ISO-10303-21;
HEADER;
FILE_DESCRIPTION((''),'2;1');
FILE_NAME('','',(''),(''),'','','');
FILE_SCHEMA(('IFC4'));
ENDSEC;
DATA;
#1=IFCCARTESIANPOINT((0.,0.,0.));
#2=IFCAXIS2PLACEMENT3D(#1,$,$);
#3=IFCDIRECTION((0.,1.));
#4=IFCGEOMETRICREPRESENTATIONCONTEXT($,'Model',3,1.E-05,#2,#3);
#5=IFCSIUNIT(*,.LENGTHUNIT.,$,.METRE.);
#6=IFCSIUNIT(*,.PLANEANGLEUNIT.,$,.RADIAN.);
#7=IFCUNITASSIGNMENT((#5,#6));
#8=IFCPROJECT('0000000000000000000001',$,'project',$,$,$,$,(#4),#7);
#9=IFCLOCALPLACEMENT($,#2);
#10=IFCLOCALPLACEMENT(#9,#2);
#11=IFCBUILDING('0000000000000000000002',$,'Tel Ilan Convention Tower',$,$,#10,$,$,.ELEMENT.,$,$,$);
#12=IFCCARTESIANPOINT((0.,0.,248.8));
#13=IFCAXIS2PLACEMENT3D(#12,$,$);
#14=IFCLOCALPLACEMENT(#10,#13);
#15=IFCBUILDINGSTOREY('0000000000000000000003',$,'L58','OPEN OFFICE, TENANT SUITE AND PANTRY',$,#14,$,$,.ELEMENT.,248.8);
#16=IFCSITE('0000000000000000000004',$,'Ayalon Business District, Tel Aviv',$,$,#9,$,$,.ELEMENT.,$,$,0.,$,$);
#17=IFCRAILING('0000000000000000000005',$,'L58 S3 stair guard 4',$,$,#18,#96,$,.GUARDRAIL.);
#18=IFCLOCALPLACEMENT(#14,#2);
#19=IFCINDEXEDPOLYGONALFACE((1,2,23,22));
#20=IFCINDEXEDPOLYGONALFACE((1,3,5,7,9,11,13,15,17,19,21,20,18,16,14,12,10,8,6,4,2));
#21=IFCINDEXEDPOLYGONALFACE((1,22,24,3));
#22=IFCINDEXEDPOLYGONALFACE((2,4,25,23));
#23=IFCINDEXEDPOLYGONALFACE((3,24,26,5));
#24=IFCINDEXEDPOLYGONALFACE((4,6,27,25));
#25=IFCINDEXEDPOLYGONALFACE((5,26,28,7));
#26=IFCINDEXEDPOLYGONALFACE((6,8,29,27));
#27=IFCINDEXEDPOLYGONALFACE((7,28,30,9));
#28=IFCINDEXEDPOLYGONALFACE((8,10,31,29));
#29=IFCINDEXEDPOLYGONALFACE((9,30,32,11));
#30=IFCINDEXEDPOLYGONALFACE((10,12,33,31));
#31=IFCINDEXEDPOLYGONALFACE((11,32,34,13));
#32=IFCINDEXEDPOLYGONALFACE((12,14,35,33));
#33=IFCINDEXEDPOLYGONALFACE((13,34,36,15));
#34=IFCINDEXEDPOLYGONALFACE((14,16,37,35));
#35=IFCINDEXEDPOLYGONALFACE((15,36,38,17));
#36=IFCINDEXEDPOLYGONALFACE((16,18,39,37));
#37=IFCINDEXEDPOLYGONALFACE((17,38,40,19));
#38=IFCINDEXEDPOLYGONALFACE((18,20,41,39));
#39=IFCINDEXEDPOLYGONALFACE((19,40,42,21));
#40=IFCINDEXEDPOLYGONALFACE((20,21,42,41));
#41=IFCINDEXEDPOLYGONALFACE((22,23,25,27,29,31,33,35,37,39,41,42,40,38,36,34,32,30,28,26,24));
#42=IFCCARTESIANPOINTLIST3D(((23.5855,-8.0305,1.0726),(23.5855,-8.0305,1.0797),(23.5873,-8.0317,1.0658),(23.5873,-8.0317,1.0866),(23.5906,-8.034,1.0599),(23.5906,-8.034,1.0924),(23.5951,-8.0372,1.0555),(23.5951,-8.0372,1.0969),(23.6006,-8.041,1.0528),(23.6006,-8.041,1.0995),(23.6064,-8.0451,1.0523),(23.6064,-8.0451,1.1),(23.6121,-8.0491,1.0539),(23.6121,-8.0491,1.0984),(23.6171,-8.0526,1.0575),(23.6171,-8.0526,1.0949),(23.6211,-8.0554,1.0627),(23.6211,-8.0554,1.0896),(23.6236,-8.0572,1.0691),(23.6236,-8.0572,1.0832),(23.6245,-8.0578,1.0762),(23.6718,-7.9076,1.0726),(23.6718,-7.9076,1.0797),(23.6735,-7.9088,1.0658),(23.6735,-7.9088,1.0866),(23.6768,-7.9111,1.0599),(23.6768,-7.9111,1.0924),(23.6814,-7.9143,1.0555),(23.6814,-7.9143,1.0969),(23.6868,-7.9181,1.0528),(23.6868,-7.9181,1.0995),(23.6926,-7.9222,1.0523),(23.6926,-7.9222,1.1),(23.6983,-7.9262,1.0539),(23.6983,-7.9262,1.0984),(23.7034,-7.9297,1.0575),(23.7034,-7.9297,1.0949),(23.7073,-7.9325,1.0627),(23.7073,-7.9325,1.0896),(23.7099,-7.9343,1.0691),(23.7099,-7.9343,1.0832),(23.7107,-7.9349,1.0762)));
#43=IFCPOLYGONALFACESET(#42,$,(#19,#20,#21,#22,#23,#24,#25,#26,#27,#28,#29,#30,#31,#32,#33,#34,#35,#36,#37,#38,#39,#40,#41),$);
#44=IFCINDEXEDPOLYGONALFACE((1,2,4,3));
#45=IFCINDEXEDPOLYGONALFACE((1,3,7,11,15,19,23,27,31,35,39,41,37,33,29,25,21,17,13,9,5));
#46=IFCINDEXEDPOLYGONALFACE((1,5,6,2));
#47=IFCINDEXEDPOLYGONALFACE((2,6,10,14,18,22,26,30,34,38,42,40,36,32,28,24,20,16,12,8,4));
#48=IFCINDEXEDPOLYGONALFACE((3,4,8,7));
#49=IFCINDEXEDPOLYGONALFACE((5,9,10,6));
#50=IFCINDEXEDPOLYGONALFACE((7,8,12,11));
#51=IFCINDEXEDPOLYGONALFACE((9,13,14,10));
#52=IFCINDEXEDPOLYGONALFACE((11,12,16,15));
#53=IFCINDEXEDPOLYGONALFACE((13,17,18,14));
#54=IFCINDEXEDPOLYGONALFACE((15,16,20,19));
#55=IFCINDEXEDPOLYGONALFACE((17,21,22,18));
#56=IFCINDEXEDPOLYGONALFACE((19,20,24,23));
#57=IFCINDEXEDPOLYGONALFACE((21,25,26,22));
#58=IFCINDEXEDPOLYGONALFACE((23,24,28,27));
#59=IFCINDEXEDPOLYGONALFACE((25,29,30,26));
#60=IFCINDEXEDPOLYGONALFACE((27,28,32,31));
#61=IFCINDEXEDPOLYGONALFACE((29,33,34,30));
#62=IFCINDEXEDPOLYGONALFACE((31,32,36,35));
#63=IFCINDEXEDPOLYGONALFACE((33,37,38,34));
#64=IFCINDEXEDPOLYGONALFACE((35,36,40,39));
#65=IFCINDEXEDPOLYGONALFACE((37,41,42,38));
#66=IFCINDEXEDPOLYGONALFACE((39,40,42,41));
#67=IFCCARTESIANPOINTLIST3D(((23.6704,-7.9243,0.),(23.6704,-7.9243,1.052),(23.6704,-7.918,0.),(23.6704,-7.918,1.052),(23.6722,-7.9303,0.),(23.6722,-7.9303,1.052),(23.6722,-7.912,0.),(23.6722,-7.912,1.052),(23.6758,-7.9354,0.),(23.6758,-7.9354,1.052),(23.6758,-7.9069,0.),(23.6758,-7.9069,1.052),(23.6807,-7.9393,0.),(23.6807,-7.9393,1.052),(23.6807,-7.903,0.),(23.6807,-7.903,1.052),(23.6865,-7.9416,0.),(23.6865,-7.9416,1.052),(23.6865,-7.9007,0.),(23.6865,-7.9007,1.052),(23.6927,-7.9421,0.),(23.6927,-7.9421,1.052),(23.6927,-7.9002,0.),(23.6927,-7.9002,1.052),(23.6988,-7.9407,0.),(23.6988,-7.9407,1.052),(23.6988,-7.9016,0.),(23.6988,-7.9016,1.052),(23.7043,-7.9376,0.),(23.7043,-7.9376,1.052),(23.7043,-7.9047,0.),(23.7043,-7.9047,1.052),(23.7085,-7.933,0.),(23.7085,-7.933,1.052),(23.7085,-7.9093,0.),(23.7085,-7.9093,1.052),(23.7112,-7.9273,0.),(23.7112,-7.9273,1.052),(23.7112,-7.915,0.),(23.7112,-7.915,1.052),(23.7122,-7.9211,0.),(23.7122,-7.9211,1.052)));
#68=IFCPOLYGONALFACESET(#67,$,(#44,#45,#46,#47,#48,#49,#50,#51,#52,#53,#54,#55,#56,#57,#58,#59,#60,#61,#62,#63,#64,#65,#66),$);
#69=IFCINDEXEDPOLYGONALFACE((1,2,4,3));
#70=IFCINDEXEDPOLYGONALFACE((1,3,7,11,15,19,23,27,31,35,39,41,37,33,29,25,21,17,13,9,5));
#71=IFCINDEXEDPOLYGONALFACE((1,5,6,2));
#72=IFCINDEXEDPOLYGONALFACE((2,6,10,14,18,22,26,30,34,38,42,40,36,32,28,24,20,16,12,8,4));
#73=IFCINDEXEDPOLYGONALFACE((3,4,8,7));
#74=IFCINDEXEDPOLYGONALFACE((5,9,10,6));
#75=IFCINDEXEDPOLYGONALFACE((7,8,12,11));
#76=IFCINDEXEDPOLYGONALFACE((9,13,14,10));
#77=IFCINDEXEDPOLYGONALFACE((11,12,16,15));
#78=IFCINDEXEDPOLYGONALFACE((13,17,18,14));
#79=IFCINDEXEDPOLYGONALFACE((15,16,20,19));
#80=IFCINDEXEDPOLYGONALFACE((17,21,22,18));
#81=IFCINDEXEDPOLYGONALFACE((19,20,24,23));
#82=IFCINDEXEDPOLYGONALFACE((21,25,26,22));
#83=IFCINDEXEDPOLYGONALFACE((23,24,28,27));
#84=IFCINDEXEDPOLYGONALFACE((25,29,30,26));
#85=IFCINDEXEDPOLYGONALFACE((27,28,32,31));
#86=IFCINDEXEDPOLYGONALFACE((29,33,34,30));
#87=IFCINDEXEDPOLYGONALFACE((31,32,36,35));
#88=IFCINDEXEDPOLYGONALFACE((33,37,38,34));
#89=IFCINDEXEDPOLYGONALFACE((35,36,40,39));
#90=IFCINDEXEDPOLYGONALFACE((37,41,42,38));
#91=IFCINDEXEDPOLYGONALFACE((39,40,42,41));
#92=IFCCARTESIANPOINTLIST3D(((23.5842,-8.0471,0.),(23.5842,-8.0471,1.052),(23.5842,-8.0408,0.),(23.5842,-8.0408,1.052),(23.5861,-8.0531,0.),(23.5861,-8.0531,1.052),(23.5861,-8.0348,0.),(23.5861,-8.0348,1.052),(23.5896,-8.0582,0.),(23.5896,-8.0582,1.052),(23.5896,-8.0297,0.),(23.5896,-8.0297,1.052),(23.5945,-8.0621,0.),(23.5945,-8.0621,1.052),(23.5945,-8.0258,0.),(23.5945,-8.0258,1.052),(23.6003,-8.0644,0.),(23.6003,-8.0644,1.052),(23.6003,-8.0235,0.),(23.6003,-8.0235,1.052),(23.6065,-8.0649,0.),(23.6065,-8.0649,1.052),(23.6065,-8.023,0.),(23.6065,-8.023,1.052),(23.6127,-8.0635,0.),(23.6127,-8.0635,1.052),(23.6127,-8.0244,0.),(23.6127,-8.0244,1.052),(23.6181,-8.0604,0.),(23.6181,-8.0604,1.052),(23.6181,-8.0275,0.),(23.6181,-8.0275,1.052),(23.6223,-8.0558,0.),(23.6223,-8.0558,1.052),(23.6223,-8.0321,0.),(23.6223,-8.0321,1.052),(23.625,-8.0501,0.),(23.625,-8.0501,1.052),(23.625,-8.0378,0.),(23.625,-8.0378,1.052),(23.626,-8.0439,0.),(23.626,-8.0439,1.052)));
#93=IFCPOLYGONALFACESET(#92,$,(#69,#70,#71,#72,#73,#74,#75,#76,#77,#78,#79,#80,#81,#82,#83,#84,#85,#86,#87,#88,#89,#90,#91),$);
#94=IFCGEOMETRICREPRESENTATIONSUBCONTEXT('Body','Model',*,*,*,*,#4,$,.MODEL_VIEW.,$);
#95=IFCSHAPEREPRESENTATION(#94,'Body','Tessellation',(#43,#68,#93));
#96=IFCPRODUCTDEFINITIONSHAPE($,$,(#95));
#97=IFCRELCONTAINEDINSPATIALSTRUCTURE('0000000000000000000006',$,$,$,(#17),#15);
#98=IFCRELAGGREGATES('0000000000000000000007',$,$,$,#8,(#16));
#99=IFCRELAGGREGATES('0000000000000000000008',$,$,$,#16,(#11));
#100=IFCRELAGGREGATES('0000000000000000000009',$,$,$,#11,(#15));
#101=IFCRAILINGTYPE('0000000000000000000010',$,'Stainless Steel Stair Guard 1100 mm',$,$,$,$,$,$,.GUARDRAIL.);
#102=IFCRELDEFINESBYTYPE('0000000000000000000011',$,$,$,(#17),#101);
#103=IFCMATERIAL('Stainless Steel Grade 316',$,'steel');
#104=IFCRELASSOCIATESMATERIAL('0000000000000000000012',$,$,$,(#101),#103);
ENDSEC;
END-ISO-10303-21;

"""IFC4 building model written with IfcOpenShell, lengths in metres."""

from ifc_helpers import new_model, si_unit, direction, frame, origin, origin_2d, place, context, subcontext, project, spatial, circle, extrude, material, type_object, element, save


model = new_model("IFC4")

# Units and contexts
model_context = context("Model", 3, precision=1e-05, world=origin(), true_north=direction((0.0, 1.0)))
body_context = subcontext(model_context, "Body", "Model", "MODEL_VIEW")
ifc_project = project(units=[si_unit("LENGTHUNIT", "METRE"), si_unit("PLANEANGLEUNIT", "RADIAN")], contexts=[model_context])

# Site, building, storey
site_placement = place(None, origin())
site = spatial("IfcSite", under=ifc_project, at=site_placement, Name="Ayalon Business District, Tel Aviv", CompositionType="ELEMENT", RefElevation=0.0)
building_placement = place(site_placement, origin())
building = spatial("IfcBuilding", under=site, at=building_placement, Name="Tel Ilan Convention Tower", CompositionType="ELEMENT")
storey_placement = place(building_placement, frame((0.0, 0.0, 248.8)))
storey = spatial("IfcBuildingStorey", under=building, at=storey_placement, Name="L58", Description="OPEN OFFICE, TENANT SUITE AND PANTRY", CompositionType="ELEMENT", Elevation=248.8)

# Railing
ifc_material_1 = material(Name="Stainless Steel Grade 316", Category="steel")
railing_type_1 = type_object("IfcRailingType", Name="Stainless Steel Stair Guard 1100 mm", PredefinedType="GUARDRAIL", material=ifc_material_1)
railing_1_placement = place(storey_placement, frame((23.6912, -7.9211, 0.0)))
element("IfcRailing", 1, at=railing_1_placement, inside=storey, type_object=railing_type_1, Name="L58 S3 stair guard 4", PredefinedType="GUARDRAIL", context=body_context, shape_type="SweptSolid", body=[
    extrude(circle(Radius=0.0239, at=origin_2d()), frame((0.0, 0.0, 1.0762), z_axis=(-0.574445, -0.818543, 0.0), x_axis=(0.818543, -0.574445, 0.0)), (0.0, 0.0, 1.0), 0.1501),
    extrude(circle(Radius=0.021, at=origin_2d()), origin(), (0.0, 0.0, 1.0), 1.052),
    extrude(circle(Radius=0.021, at=origin_2d()), frame((-0.0862, -0.1228, 0.0)), (0.0, 0.0, 1.0), 1.052),
])

save(model, "model.ifc")
